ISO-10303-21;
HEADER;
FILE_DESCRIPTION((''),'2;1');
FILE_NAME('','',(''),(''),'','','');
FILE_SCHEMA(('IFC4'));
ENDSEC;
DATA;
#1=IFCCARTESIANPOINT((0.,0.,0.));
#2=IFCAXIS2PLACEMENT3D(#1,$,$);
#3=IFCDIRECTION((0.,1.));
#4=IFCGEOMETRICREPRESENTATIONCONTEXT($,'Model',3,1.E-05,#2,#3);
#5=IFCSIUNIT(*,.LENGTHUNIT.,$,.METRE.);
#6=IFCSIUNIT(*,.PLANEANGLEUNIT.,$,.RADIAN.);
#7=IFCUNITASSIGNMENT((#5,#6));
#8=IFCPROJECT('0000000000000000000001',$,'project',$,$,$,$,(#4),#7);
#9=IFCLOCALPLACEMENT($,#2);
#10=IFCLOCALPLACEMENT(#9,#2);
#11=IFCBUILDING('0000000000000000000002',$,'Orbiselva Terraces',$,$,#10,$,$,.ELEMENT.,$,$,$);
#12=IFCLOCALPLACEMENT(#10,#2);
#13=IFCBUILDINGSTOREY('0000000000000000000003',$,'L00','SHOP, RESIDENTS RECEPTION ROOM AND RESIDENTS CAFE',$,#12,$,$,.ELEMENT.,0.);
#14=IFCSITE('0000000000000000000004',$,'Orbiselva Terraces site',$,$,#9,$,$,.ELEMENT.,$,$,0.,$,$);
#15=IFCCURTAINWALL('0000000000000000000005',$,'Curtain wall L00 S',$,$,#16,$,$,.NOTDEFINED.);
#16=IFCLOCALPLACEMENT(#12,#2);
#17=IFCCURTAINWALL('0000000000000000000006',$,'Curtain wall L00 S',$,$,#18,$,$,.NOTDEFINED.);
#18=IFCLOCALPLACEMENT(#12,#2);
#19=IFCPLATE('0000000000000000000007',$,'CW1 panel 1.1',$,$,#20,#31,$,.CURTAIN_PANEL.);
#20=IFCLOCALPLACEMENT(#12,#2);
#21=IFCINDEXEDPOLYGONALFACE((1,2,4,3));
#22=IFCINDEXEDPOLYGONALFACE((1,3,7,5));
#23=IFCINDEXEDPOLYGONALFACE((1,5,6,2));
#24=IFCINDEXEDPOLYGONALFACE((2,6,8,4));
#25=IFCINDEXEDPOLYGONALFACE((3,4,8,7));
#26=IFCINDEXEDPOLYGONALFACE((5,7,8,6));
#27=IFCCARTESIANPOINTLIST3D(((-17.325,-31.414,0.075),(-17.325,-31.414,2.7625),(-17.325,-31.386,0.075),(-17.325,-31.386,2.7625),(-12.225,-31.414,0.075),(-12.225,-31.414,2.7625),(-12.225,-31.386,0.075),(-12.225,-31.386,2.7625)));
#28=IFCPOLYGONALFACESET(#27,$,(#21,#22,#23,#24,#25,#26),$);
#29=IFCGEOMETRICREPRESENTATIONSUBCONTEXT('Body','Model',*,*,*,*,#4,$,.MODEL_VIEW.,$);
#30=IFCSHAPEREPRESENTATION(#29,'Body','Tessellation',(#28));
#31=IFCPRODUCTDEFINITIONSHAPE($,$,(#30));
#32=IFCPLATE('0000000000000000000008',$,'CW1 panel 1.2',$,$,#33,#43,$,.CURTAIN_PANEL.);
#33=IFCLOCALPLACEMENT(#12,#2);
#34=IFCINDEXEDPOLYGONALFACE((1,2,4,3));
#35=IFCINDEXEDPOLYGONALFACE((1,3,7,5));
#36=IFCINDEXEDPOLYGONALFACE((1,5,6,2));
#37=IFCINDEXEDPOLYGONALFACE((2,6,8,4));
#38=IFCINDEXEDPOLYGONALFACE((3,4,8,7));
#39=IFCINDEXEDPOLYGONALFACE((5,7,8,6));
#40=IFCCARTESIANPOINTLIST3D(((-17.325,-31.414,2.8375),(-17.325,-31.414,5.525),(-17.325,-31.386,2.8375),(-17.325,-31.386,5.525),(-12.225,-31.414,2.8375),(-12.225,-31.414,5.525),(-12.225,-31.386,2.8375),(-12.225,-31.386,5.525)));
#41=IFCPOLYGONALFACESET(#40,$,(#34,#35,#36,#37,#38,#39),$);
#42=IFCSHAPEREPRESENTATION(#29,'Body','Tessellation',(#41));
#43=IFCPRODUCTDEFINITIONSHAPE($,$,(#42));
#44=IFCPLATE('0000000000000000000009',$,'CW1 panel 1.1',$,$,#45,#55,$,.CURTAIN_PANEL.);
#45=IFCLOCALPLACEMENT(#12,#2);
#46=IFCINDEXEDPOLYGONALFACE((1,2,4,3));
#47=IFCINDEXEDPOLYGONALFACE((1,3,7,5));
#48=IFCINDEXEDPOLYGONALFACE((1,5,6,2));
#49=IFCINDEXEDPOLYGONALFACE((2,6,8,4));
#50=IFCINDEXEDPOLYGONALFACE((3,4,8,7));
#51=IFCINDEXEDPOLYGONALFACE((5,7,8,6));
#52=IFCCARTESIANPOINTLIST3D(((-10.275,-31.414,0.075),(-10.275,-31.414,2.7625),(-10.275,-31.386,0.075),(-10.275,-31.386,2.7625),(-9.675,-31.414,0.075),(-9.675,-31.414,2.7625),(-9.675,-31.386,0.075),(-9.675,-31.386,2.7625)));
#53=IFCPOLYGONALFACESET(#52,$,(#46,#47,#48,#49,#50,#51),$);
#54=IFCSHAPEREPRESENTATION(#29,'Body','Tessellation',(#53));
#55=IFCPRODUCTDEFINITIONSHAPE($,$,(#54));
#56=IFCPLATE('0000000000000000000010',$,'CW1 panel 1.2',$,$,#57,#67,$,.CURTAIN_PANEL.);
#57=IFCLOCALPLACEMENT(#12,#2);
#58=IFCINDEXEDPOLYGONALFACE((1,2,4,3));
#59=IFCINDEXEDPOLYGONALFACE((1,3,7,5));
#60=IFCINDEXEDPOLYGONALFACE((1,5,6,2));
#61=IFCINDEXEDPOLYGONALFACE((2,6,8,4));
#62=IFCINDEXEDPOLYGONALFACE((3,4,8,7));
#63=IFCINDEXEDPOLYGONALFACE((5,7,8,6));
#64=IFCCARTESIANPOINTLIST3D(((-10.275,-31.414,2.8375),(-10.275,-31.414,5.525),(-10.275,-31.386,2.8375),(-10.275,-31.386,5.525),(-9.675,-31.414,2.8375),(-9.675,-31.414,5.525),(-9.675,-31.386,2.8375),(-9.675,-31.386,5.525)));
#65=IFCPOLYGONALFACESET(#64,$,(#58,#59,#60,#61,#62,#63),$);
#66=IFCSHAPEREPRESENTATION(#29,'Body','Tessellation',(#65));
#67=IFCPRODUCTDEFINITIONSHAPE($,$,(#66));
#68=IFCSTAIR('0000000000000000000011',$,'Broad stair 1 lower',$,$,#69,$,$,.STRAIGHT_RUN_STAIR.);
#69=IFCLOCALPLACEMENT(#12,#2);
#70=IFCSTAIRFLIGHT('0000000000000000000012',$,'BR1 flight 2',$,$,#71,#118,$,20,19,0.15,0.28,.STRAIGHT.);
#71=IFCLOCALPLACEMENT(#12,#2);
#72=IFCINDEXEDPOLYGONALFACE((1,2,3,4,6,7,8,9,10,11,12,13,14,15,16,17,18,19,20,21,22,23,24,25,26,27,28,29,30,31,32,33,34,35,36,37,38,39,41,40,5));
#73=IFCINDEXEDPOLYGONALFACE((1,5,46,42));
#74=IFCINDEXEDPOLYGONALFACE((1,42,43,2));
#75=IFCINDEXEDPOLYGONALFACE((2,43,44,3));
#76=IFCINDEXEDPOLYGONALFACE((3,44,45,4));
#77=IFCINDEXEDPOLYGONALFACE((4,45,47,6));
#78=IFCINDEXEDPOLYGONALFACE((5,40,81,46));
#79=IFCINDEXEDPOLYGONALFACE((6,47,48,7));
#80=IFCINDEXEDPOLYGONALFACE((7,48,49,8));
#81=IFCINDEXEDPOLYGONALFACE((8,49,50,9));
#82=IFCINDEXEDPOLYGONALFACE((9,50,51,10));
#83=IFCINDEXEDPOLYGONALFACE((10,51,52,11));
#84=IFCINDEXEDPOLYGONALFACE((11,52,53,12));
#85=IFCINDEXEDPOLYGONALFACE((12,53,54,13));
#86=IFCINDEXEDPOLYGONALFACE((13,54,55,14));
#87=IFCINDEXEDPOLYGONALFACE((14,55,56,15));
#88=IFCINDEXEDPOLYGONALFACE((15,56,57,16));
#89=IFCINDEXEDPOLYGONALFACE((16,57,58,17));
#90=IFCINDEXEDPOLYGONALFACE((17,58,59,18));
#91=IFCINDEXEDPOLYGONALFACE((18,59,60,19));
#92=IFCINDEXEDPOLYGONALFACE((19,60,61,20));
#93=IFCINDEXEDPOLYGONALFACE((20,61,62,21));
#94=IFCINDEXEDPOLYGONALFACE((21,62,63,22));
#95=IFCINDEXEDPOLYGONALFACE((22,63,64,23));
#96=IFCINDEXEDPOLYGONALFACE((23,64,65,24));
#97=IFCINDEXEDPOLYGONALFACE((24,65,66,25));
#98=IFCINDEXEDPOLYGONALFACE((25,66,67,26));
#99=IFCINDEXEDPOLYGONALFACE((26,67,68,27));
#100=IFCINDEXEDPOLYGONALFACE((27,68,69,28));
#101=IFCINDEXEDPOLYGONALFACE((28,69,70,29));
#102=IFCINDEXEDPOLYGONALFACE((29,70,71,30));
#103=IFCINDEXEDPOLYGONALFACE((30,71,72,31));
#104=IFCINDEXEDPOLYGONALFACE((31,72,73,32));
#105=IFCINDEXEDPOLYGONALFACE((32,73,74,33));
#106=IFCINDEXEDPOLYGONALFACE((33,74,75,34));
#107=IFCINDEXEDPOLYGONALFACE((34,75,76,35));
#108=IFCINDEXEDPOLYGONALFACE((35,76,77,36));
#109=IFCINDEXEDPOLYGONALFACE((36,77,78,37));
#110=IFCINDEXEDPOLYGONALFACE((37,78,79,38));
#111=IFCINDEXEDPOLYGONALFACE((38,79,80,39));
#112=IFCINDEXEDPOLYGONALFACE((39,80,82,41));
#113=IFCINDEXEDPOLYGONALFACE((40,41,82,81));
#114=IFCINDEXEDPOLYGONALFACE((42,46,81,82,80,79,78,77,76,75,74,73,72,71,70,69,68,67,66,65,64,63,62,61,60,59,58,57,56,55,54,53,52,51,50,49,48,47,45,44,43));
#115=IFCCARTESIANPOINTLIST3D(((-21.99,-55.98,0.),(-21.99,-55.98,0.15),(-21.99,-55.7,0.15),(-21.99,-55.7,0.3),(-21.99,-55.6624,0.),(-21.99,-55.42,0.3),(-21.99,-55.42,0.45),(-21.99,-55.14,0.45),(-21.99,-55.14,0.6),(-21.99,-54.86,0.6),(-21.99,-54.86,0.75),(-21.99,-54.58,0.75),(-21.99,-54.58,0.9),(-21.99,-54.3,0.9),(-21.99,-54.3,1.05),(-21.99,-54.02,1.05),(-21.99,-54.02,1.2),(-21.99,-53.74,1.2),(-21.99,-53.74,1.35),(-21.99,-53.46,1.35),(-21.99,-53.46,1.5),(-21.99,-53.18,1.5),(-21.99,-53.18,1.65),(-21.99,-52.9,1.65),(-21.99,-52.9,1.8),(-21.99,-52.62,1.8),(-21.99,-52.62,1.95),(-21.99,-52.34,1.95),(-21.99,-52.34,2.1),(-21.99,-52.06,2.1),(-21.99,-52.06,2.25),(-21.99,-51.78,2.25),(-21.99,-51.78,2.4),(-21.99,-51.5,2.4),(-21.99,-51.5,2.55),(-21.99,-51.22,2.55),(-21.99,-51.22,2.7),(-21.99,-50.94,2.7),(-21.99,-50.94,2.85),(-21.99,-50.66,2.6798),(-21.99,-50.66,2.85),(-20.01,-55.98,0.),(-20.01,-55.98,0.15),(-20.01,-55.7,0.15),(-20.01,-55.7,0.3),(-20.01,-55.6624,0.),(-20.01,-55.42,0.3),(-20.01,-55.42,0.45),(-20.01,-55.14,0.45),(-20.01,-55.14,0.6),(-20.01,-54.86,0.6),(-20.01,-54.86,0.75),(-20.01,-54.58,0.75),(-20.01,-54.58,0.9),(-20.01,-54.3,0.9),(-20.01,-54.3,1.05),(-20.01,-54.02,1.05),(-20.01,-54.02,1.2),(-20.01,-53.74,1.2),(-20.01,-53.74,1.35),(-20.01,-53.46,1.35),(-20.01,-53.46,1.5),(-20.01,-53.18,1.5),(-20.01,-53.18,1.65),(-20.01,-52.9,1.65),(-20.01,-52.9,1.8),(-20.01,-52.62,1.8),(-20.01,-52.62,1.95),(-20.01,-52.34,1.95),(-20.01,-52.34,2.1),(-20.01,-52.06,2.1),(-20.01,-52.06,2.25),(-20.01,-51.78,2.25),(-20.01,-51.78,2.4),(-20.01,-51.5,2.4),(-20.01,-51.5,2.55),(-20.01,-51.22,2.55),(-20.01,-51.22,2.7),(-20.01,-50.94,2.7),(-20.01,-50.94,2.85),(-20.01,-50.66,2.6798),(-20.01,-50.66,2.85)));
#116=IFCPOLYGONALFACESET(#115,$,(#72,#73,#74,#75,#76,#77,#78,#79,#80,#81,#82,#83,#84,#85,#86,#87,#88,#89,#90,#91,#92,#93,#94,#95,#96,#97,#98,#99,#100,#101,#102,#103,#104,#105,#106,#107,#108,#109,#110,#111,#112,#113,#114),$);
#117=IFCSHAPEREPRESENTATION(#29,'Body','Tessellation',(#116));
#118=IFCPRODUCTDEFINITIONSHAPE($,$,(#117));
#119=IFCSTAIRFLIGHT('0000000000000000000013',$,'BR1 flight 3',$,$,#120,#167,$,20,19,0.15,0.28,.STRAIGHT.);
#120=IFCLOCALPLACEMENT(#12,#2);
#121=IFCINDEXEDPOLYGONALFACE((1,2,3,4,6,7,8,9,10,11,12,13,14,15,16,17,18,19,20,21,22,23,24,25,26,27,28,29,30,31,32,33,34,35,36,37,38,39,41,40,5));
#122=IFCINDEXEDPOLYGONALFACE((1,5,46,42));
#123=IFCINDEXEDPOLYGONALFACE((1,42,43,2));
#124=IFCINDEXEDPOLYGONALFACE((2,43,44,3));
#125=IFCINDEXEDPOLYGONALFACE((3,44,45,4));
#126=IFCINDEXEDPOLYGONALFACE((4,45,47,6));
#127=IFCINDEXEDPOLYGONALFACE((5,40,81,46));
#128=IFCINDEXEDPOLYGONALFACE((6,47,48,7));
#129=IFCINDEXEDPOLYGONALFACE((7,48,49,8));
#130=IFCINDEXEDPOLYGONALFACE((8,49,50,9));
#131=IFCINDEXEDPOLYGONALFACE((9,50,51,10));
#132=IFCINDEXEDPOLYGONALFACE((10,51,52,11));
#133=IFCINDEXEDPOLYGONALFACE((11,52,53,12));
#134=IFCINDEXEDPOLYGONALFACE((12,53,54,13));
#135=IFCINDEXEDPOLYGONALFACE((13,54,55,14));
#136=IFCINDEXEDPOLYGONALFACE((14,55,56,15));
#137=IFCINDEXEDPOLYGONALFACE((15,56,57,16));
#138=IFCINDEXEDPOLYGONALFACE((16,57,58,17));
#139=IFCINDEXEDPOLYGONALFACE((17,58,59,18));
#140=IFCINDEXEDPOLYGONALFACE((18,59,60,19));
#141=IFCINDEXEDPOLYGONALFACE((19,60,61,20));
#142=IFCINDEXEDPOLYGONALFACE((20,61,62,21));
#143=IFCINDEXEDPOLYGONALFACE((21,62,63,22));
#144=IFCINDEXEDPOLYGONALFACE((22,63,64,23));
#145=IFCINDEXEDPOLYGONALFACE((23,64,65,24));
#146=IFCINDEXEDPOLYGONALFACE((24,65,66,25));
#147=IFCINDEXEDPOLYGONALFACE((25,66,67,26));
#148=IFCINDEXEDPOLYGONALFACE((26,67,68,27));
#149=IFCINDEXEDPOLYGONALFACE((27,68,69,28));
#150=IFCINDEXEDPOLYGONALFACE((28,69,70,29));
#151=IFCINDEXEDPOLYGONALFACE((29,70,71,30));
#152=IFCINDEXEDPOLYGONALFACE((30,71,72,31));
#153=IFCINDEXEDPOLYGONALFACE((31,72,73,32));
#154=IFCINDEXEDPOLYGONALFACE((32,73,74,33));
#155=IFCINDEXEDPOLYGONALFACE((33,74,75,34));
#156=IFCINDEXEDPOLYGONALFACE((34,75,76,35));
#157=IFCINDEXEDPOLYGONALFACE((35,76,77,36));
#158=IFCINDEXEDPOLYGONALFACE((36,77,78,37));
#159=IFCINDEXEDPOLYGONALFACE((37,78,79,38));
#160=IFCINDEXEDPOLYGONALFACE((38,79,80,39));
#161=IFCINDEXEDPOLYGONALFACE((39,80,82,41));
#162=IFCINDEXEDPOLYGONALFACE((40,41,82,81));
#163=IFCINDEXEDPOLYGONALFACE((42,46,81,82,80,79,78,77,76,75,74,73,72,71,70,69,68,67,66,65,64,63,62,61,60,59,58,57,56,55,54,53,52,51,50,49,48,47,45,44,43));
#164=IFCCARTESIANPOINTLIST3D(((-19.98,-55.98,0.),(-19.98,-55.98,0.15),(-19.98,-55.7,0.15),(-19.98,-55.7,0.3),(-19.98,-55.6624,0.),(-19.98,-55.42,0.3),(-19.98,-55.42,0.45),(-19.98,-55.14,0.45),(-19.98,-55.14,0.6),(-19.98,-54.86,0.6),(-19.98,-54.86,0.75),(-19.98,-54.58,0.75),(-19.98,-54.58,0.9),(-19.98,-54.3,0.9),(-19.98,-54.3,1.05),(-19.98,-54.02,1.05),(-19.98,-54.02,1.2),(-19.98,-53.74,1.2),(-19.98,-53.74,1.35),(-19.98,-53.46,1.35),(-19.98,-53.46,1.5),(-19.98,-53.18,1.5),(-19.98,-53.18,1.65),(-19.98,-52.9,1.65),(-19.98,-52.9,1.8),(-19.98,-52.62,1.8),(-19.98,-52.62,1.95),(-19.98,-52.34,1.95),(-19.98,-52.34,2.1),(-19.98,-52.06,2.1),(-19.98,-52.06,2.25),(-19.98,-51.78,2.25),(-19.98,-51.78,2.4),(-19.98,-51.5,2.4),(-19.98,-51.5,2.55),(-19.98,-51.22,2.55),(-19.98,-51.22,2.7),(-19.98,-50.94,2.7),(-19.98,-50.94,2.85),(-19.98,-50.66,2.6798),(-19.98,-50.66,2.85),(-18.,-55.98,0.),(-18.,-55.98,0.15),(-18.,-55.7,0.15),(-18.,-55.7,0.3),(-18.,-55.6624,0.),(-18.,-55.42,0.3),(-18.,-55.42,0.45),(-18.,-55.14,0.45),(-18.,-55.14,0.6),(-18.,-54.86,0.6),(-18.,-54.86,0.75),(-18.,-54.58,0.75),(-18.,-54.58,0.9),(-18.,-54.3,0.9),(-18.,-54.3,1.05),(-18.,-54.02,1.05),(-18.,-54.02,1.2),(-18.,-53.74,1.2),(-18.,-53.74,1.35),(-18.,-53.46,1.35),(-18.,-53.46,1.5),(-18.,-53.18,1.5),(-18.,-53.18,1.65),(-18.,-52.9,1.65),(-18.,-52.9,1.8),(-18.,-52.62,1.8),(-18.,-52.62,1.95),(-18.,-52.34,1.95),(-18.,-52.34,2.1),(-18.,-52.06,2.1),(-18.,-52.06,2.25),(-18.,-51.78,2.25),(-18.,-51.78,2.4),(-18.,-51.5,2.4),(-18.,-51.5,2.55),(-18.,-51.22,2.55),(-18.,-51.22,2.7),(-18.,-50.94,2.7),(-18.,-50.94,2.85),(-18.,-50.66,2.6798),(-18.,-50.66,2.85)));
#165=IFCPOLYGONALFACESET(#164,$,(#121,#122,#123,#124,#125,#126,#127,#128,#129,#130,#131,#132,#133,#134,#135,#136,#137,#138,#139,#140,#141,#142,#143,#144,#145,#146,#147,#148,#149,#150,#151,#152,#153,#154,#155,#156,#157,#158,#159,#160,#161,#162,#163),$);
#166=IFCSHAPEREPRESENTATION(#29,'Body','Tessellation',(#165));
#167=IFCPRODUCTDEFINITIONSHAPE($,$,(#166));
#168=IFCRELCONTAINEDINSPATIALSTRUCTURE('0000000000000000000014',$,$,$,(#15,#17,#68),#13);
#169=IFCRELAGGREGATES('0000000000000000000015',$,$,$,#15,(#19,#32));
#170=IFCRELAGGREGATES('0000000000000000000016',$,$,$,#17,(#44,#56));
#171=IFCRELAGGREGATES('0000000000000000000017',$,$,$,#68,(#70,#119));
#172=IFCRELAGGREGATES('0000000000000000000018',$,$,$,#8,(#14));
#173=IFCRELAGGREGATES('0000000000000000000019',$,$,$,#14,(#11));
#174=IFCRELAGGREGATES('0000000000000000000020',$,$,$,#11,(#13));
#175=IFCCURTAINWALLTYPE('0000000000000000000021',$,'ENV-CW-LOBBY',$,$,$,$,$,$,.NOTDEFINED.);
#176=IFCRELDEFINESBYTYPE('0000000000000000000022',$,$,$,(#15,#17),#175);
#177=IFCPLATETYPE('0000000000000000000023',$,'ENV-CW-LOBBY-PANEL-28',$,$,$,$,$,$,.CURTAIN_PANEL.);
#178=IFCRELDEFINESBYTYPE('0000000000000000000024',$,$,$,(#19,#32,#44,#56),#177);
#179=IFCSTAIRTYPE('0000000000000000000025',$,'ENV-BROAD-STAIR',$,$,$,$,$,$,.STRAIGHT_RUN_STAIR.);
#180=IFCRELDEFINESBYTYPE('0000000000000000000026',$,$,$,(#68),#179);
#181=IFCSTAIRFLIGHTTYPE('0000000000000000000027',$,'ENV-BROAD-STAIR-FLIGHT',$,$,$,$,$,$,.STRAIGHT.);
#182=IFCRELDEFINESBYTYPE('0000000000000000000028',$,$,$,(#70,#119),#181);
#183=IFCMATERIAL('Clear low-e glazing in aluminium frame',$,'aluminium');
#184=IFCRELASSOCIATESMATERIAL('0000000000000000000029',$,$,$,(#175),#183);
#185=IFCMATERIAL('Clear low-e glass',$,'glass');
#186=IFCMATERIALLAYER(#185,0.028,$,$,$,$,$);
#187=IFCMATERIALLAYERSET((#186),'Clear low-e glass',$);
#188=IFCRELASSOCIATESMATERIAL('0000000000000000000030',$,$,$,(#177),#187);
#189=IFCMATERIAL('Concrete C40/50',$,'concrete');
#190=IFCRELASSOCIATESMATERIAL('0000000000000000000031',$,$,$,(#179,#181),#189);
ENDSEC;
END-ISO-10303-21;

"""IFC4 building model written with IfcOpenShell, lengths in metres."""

from ifc_helpers import new_model, si_unit, direction, frame, origin, origin_2d, place, context, subcontext, project, spatial, polyline, rectangle, outline, extrude, material, layer, layer_set, type_object, element, aggregate, save


model = new_model("IFC4")

# Units and contexts
model_context = context("Model", 3, precision=1e-05, world=origin(), true_north=direction((0.0, 1.0)))
body_context = subcontext(model_context, "Body", "Model", "MODEL_VIEW")
ifc_project = project(units=[si_unit("LENGTHUNIT", "METRE"), si_unit("PLANEANGLEUNIT", "RADIAN")], contexts=[model_context])

# Site, building, storey
site_placement = place(None, origin())
site = spatial("IfcSite", under=ifc_project, at=site_placement, Name="Orbiselva Terraces site", CompositionType="ELEMENT", RefElevation=0.0)
building_placement = place(site_placement, origin())
building = spatial("IfcBuilding", under=site, at=building_placement, Name="Orbiselva Terraces", CompositionType="ELEMENT")
storey_placement = place(building_placement, origin())
storey = spatial("IfcBuildingStorey", under=building, at=storey_placement, Name="L00", Description="SHOP, RESIDENTS RECEPTION ROOM AND RESIDENTS CAFE", CompositionType="ELEMENT", Elevation=0.0)

# Shared definitions
ifc_material_1 = material(Name="Concrete C40/50", Category="concrete")

# Shared definitions
ifc_material_2 = material(Name="Clear low-e glazing in aluminium frame", Category="aluminium")
curtain_wall_type = type_object("IfcCurtainWallType", Name="ENV-CW-LOBBY", PredefinedType="NOTDEFINED", material=ifc_material_2)

# Curtain walls
curtain_wall_1_placement = place(storey_placement, origin())
curtain_wall_1 = element("IfcCurtainWall", 1, at=curtain_wall_1_placement, inside=storey, type_object=curtain_wall_type, Name="Curtain wall L00 S", PredefinedType="NOTDEFINED")
curtain_wall_2_placement = place(storey_placement, origin())
curtain_wall_2 = element("IfcCurtainWall", 2, at=curtain_wall_2_placement, inside=storey, type_object=curtain_wall_type, Name="Curtain wall L00 S", PredefinedType="NOTDEFINED")

# Plates
ifc_material_3 = material(Name="Clear low-e glass", Category="glass")
ifc_layer_1 = layer(ifc_material_3, 0.028)
ifc_layer_set_1 = layer_set([ifc_layer_1], Name="Clear low-e glass")
plate_type = type_object("IfcPlateType", Name="ENV-CW-LOBBY-PANEL-28", PredefinedType="CURTAIN_PANEL", material=ifc_layer_set_1)
plate_1_placement = place(storey_placement, frame((-14.775, -31.4, 0.075), z_axis=(0.0, 0.0, 1.0), x_axis=(1.0, 0.0, 0.0)))
plate_1 = element("IfcPlate", 3, at=plate_1_placement, type_object=plate_type, Name="CW1 panel 1.1", PredefinedType="CURTAIN_PANEL", context=body_context, shape_type="SweptSolid", body=[
    extrude(rectangle(XDim=5.1, YDim=0.028, at=origin_2d()), origin(), (0.0, 0.0, 1.0), 2.6875),
])
plate_2_placement = place(storey_placement, frame((-14.775, -31.4, 2.8375), z_axis=(0.0, 0.0, 1.0), x_axis=(1.0, 0.0, 0.0)))
plate_2 = element("IfcPlate", 4, at=plate_2_placement, type_object=plate_type, Name="CW1 panel 1.2", PredefinedType="CURTAIN_PANEL", context=body_context, shape_type="SweptSolid", body=[
    extrude(rectangle(XDim=5.1, YDim=0.028, at=origin_2d()), origin(), (0.0, 0.0, 1.0), 2.6875),
])
aggregate(curtain_wall_1, [plate_1, plate_2])
plate_3_placement = place(storey_placement, frame((-9.975, -31.4, 0.075), z_axis=(0.0, 0.0, 1.0), x_axis=(1.0, 0.0, 0.0)))
plate_3 = element("IfcPlate", 5, at=plate_3_placement, type_object=plate_type, Name="CW1 panel 1.1", PredefinedType="CURTAIN_PANEL", context=body_context, shape_type="SweptSolid", body=[
    extrude(rectangle(XDim=0.6, YDim=0.028, at=origin_2d()), origin(), (0.0, 0.0, 1.0), 2.6875),
])
plate_4_placement = place(storey_placement, frame((-9.975, -31.4, 2.8375), z_axis=(0.0, 0.0, 1.0), x_axis=(1.0, 0.0, 0.0)))
plate_4 = element("IfcPlate", 6, at=plate_4_placement, type_object=plate_type, Name="CW1 panel 1.2", PredefinedType="CURTAIN_PANEL", context=body_context, shape_type="SweptSolid", body=[
    extrude(rectangle(XDim=0.6, YDim=0.028, at=origin_2d()), origin(), (0.0, 0.0, 1.0), 2.6875),
])
aggregate(curtain_wall_2, [plate_3, plate_4])

# Stair, stair flights
stair_type = type_object("IfcStairType", Name="ENV-BROAD-STAIR", PredefinedType="STRAIGHT_RUN_STAIR", material=ifc_material_1)
stair_placement = place(storey_placement, origin())
stair = element("IfcStair", 7, at=stair_placement, inside=storey, type_object=stair_type, Name="Broad stair 1 lower", PredefinedType="STRAIGHT_RUN_STAIR")
stair_flight_type = type_object("IfcStairFlightType", Name="ENV-BROAD-STAIR-FLIGHT", PredefinedType="STRAIGHT", material=ifc_material_1)
stair_flight_1_placement = place(storey_placement, frame((-21.0, -55.98, 0.0), z_axis=(0.0, 0.0, 1.0), x_axis=(0.0, 1.0, 0.0)))
stair_flight_1 = element("IfcStairFlight", 8, at=stair_flight_1_placement, type_object=stair_flight_type, Name="BR1 flight 2", NumberOfRisers=20, NumberOfTreads=19, PredefinedType="STRAIGHT", RiserHeight=0.15, TreadLength=0.28, context=body_context, shape_type="SweptSolid", body=[
    extrude(outline(polyline([(0.0, 0.0), (0.0, 0.15), (0.28, 0.15), (0.28, 0.3), (0.56, 0.3), (0.56, 0.45), (0.84, 0.45), (0.84, 0.6), (1.12, 0.6), (1.12, 0.75), (1.4, 0.75), (1.4, 0.9), (1.68, 0.9), (1.68, 1.05), (1.96, 1.05), (1.96, 1.2), (2.24, 1.2), (2.24, 1.35), (2.52, 1.35), (2.52, 1.5), (2.8, 1.5), (2.8, 1.65), (3.08, 1.65), (3.08, 1.8), (3.36, 1.8), (3.36, 1.95), (3.64, 1.95), (3.64, 2.1), (3.92, 2.1), (3.92, 2.25), (4.2, 2.25), (4.2, 2.4), (4.48, 2.4), (4.48, 2.55), (4.76, 2.55), (4.76, 2.7), (5.04, 2.7), (5.04, 2.85), (5.32, 2.85), (5.32, 3.0), (5.32, 2.6798), (0.3176, 0.0), (0.0, 0.0)])), frame((0.0, 0.99, 0.0), z_axis=(0.0, -1.0, 0.0), x_axis=(1.0, 0.0, 0.0)), (0.0, 0.0, 1.0), 1.98),
])
stair_flight_2_placement = place(storey_placement, frame((-18.99, -55.98, 0.0), z_axis=(0.0, 0.0, 1.0), x_axis=(0.0, 1.0, 0.0)))
stair_flight_2 = element("IfcStairFlight", 9, at=stair_flight_2_placement, type_object=stair_flight_type, Name="BR1 flight 3", NumberOfRisers=20, NumberOfTreads=19, PredefinedType="STRAIGHT", RiserHeight=0.15, TreadLength=0.28, context=body_context, shape_type="SweptSolid", body=[
    extrude(outline(polyline([(0.0, 0.0), (0.0, 0.15), (0.28, 0.15), (0.28, 0.3), (0.56, 0.3), (0.56, 0.45), (0.84, 0.45), (0.84, 0.6), (1.12, 0.6), (1.12, 0.75), (1.4, 0.75), (1.4, 0.9), (1.68, 0.9), (1.68, 1.05), (1.96, 1.05), (1.96, 1.2), (2.24, 1.2), (2.24, 1.35), (2.52, 1.35), (2.52, 1.5), (2.8, 1.5), (2.8, 1.65), (3.08, 1.65), (3.08, 1.8), (3.36, 1.8), (3.36, 1.95), (3.64, 1.95), (3.64, 2.1), (3.92, 2.1), (3.92, 2.25), (4.2, 2.25), (4.2, 2.4), (4.48, 2.4), (4.48, 2.55), (4.76, 2.55), (4.76, 2.7), (5.04, 2.7), (5.04, 2.85), (5.32, 2.85), (5.32, 3.0), (5.32, 2.6798), (0.3176, 0.0), (0.0, 0.0)])), frame((0.0, 0.99, 0.0), z_axis=(0.0, -1.0, 0.0), x_axis=(1.0, 0.0, 0.0)), (0.0, 0.0, 1.0), 1.98),
])
aggregate(stair, [stair_flight_1, stair_flight_2])

save(model, "model.ifc")
